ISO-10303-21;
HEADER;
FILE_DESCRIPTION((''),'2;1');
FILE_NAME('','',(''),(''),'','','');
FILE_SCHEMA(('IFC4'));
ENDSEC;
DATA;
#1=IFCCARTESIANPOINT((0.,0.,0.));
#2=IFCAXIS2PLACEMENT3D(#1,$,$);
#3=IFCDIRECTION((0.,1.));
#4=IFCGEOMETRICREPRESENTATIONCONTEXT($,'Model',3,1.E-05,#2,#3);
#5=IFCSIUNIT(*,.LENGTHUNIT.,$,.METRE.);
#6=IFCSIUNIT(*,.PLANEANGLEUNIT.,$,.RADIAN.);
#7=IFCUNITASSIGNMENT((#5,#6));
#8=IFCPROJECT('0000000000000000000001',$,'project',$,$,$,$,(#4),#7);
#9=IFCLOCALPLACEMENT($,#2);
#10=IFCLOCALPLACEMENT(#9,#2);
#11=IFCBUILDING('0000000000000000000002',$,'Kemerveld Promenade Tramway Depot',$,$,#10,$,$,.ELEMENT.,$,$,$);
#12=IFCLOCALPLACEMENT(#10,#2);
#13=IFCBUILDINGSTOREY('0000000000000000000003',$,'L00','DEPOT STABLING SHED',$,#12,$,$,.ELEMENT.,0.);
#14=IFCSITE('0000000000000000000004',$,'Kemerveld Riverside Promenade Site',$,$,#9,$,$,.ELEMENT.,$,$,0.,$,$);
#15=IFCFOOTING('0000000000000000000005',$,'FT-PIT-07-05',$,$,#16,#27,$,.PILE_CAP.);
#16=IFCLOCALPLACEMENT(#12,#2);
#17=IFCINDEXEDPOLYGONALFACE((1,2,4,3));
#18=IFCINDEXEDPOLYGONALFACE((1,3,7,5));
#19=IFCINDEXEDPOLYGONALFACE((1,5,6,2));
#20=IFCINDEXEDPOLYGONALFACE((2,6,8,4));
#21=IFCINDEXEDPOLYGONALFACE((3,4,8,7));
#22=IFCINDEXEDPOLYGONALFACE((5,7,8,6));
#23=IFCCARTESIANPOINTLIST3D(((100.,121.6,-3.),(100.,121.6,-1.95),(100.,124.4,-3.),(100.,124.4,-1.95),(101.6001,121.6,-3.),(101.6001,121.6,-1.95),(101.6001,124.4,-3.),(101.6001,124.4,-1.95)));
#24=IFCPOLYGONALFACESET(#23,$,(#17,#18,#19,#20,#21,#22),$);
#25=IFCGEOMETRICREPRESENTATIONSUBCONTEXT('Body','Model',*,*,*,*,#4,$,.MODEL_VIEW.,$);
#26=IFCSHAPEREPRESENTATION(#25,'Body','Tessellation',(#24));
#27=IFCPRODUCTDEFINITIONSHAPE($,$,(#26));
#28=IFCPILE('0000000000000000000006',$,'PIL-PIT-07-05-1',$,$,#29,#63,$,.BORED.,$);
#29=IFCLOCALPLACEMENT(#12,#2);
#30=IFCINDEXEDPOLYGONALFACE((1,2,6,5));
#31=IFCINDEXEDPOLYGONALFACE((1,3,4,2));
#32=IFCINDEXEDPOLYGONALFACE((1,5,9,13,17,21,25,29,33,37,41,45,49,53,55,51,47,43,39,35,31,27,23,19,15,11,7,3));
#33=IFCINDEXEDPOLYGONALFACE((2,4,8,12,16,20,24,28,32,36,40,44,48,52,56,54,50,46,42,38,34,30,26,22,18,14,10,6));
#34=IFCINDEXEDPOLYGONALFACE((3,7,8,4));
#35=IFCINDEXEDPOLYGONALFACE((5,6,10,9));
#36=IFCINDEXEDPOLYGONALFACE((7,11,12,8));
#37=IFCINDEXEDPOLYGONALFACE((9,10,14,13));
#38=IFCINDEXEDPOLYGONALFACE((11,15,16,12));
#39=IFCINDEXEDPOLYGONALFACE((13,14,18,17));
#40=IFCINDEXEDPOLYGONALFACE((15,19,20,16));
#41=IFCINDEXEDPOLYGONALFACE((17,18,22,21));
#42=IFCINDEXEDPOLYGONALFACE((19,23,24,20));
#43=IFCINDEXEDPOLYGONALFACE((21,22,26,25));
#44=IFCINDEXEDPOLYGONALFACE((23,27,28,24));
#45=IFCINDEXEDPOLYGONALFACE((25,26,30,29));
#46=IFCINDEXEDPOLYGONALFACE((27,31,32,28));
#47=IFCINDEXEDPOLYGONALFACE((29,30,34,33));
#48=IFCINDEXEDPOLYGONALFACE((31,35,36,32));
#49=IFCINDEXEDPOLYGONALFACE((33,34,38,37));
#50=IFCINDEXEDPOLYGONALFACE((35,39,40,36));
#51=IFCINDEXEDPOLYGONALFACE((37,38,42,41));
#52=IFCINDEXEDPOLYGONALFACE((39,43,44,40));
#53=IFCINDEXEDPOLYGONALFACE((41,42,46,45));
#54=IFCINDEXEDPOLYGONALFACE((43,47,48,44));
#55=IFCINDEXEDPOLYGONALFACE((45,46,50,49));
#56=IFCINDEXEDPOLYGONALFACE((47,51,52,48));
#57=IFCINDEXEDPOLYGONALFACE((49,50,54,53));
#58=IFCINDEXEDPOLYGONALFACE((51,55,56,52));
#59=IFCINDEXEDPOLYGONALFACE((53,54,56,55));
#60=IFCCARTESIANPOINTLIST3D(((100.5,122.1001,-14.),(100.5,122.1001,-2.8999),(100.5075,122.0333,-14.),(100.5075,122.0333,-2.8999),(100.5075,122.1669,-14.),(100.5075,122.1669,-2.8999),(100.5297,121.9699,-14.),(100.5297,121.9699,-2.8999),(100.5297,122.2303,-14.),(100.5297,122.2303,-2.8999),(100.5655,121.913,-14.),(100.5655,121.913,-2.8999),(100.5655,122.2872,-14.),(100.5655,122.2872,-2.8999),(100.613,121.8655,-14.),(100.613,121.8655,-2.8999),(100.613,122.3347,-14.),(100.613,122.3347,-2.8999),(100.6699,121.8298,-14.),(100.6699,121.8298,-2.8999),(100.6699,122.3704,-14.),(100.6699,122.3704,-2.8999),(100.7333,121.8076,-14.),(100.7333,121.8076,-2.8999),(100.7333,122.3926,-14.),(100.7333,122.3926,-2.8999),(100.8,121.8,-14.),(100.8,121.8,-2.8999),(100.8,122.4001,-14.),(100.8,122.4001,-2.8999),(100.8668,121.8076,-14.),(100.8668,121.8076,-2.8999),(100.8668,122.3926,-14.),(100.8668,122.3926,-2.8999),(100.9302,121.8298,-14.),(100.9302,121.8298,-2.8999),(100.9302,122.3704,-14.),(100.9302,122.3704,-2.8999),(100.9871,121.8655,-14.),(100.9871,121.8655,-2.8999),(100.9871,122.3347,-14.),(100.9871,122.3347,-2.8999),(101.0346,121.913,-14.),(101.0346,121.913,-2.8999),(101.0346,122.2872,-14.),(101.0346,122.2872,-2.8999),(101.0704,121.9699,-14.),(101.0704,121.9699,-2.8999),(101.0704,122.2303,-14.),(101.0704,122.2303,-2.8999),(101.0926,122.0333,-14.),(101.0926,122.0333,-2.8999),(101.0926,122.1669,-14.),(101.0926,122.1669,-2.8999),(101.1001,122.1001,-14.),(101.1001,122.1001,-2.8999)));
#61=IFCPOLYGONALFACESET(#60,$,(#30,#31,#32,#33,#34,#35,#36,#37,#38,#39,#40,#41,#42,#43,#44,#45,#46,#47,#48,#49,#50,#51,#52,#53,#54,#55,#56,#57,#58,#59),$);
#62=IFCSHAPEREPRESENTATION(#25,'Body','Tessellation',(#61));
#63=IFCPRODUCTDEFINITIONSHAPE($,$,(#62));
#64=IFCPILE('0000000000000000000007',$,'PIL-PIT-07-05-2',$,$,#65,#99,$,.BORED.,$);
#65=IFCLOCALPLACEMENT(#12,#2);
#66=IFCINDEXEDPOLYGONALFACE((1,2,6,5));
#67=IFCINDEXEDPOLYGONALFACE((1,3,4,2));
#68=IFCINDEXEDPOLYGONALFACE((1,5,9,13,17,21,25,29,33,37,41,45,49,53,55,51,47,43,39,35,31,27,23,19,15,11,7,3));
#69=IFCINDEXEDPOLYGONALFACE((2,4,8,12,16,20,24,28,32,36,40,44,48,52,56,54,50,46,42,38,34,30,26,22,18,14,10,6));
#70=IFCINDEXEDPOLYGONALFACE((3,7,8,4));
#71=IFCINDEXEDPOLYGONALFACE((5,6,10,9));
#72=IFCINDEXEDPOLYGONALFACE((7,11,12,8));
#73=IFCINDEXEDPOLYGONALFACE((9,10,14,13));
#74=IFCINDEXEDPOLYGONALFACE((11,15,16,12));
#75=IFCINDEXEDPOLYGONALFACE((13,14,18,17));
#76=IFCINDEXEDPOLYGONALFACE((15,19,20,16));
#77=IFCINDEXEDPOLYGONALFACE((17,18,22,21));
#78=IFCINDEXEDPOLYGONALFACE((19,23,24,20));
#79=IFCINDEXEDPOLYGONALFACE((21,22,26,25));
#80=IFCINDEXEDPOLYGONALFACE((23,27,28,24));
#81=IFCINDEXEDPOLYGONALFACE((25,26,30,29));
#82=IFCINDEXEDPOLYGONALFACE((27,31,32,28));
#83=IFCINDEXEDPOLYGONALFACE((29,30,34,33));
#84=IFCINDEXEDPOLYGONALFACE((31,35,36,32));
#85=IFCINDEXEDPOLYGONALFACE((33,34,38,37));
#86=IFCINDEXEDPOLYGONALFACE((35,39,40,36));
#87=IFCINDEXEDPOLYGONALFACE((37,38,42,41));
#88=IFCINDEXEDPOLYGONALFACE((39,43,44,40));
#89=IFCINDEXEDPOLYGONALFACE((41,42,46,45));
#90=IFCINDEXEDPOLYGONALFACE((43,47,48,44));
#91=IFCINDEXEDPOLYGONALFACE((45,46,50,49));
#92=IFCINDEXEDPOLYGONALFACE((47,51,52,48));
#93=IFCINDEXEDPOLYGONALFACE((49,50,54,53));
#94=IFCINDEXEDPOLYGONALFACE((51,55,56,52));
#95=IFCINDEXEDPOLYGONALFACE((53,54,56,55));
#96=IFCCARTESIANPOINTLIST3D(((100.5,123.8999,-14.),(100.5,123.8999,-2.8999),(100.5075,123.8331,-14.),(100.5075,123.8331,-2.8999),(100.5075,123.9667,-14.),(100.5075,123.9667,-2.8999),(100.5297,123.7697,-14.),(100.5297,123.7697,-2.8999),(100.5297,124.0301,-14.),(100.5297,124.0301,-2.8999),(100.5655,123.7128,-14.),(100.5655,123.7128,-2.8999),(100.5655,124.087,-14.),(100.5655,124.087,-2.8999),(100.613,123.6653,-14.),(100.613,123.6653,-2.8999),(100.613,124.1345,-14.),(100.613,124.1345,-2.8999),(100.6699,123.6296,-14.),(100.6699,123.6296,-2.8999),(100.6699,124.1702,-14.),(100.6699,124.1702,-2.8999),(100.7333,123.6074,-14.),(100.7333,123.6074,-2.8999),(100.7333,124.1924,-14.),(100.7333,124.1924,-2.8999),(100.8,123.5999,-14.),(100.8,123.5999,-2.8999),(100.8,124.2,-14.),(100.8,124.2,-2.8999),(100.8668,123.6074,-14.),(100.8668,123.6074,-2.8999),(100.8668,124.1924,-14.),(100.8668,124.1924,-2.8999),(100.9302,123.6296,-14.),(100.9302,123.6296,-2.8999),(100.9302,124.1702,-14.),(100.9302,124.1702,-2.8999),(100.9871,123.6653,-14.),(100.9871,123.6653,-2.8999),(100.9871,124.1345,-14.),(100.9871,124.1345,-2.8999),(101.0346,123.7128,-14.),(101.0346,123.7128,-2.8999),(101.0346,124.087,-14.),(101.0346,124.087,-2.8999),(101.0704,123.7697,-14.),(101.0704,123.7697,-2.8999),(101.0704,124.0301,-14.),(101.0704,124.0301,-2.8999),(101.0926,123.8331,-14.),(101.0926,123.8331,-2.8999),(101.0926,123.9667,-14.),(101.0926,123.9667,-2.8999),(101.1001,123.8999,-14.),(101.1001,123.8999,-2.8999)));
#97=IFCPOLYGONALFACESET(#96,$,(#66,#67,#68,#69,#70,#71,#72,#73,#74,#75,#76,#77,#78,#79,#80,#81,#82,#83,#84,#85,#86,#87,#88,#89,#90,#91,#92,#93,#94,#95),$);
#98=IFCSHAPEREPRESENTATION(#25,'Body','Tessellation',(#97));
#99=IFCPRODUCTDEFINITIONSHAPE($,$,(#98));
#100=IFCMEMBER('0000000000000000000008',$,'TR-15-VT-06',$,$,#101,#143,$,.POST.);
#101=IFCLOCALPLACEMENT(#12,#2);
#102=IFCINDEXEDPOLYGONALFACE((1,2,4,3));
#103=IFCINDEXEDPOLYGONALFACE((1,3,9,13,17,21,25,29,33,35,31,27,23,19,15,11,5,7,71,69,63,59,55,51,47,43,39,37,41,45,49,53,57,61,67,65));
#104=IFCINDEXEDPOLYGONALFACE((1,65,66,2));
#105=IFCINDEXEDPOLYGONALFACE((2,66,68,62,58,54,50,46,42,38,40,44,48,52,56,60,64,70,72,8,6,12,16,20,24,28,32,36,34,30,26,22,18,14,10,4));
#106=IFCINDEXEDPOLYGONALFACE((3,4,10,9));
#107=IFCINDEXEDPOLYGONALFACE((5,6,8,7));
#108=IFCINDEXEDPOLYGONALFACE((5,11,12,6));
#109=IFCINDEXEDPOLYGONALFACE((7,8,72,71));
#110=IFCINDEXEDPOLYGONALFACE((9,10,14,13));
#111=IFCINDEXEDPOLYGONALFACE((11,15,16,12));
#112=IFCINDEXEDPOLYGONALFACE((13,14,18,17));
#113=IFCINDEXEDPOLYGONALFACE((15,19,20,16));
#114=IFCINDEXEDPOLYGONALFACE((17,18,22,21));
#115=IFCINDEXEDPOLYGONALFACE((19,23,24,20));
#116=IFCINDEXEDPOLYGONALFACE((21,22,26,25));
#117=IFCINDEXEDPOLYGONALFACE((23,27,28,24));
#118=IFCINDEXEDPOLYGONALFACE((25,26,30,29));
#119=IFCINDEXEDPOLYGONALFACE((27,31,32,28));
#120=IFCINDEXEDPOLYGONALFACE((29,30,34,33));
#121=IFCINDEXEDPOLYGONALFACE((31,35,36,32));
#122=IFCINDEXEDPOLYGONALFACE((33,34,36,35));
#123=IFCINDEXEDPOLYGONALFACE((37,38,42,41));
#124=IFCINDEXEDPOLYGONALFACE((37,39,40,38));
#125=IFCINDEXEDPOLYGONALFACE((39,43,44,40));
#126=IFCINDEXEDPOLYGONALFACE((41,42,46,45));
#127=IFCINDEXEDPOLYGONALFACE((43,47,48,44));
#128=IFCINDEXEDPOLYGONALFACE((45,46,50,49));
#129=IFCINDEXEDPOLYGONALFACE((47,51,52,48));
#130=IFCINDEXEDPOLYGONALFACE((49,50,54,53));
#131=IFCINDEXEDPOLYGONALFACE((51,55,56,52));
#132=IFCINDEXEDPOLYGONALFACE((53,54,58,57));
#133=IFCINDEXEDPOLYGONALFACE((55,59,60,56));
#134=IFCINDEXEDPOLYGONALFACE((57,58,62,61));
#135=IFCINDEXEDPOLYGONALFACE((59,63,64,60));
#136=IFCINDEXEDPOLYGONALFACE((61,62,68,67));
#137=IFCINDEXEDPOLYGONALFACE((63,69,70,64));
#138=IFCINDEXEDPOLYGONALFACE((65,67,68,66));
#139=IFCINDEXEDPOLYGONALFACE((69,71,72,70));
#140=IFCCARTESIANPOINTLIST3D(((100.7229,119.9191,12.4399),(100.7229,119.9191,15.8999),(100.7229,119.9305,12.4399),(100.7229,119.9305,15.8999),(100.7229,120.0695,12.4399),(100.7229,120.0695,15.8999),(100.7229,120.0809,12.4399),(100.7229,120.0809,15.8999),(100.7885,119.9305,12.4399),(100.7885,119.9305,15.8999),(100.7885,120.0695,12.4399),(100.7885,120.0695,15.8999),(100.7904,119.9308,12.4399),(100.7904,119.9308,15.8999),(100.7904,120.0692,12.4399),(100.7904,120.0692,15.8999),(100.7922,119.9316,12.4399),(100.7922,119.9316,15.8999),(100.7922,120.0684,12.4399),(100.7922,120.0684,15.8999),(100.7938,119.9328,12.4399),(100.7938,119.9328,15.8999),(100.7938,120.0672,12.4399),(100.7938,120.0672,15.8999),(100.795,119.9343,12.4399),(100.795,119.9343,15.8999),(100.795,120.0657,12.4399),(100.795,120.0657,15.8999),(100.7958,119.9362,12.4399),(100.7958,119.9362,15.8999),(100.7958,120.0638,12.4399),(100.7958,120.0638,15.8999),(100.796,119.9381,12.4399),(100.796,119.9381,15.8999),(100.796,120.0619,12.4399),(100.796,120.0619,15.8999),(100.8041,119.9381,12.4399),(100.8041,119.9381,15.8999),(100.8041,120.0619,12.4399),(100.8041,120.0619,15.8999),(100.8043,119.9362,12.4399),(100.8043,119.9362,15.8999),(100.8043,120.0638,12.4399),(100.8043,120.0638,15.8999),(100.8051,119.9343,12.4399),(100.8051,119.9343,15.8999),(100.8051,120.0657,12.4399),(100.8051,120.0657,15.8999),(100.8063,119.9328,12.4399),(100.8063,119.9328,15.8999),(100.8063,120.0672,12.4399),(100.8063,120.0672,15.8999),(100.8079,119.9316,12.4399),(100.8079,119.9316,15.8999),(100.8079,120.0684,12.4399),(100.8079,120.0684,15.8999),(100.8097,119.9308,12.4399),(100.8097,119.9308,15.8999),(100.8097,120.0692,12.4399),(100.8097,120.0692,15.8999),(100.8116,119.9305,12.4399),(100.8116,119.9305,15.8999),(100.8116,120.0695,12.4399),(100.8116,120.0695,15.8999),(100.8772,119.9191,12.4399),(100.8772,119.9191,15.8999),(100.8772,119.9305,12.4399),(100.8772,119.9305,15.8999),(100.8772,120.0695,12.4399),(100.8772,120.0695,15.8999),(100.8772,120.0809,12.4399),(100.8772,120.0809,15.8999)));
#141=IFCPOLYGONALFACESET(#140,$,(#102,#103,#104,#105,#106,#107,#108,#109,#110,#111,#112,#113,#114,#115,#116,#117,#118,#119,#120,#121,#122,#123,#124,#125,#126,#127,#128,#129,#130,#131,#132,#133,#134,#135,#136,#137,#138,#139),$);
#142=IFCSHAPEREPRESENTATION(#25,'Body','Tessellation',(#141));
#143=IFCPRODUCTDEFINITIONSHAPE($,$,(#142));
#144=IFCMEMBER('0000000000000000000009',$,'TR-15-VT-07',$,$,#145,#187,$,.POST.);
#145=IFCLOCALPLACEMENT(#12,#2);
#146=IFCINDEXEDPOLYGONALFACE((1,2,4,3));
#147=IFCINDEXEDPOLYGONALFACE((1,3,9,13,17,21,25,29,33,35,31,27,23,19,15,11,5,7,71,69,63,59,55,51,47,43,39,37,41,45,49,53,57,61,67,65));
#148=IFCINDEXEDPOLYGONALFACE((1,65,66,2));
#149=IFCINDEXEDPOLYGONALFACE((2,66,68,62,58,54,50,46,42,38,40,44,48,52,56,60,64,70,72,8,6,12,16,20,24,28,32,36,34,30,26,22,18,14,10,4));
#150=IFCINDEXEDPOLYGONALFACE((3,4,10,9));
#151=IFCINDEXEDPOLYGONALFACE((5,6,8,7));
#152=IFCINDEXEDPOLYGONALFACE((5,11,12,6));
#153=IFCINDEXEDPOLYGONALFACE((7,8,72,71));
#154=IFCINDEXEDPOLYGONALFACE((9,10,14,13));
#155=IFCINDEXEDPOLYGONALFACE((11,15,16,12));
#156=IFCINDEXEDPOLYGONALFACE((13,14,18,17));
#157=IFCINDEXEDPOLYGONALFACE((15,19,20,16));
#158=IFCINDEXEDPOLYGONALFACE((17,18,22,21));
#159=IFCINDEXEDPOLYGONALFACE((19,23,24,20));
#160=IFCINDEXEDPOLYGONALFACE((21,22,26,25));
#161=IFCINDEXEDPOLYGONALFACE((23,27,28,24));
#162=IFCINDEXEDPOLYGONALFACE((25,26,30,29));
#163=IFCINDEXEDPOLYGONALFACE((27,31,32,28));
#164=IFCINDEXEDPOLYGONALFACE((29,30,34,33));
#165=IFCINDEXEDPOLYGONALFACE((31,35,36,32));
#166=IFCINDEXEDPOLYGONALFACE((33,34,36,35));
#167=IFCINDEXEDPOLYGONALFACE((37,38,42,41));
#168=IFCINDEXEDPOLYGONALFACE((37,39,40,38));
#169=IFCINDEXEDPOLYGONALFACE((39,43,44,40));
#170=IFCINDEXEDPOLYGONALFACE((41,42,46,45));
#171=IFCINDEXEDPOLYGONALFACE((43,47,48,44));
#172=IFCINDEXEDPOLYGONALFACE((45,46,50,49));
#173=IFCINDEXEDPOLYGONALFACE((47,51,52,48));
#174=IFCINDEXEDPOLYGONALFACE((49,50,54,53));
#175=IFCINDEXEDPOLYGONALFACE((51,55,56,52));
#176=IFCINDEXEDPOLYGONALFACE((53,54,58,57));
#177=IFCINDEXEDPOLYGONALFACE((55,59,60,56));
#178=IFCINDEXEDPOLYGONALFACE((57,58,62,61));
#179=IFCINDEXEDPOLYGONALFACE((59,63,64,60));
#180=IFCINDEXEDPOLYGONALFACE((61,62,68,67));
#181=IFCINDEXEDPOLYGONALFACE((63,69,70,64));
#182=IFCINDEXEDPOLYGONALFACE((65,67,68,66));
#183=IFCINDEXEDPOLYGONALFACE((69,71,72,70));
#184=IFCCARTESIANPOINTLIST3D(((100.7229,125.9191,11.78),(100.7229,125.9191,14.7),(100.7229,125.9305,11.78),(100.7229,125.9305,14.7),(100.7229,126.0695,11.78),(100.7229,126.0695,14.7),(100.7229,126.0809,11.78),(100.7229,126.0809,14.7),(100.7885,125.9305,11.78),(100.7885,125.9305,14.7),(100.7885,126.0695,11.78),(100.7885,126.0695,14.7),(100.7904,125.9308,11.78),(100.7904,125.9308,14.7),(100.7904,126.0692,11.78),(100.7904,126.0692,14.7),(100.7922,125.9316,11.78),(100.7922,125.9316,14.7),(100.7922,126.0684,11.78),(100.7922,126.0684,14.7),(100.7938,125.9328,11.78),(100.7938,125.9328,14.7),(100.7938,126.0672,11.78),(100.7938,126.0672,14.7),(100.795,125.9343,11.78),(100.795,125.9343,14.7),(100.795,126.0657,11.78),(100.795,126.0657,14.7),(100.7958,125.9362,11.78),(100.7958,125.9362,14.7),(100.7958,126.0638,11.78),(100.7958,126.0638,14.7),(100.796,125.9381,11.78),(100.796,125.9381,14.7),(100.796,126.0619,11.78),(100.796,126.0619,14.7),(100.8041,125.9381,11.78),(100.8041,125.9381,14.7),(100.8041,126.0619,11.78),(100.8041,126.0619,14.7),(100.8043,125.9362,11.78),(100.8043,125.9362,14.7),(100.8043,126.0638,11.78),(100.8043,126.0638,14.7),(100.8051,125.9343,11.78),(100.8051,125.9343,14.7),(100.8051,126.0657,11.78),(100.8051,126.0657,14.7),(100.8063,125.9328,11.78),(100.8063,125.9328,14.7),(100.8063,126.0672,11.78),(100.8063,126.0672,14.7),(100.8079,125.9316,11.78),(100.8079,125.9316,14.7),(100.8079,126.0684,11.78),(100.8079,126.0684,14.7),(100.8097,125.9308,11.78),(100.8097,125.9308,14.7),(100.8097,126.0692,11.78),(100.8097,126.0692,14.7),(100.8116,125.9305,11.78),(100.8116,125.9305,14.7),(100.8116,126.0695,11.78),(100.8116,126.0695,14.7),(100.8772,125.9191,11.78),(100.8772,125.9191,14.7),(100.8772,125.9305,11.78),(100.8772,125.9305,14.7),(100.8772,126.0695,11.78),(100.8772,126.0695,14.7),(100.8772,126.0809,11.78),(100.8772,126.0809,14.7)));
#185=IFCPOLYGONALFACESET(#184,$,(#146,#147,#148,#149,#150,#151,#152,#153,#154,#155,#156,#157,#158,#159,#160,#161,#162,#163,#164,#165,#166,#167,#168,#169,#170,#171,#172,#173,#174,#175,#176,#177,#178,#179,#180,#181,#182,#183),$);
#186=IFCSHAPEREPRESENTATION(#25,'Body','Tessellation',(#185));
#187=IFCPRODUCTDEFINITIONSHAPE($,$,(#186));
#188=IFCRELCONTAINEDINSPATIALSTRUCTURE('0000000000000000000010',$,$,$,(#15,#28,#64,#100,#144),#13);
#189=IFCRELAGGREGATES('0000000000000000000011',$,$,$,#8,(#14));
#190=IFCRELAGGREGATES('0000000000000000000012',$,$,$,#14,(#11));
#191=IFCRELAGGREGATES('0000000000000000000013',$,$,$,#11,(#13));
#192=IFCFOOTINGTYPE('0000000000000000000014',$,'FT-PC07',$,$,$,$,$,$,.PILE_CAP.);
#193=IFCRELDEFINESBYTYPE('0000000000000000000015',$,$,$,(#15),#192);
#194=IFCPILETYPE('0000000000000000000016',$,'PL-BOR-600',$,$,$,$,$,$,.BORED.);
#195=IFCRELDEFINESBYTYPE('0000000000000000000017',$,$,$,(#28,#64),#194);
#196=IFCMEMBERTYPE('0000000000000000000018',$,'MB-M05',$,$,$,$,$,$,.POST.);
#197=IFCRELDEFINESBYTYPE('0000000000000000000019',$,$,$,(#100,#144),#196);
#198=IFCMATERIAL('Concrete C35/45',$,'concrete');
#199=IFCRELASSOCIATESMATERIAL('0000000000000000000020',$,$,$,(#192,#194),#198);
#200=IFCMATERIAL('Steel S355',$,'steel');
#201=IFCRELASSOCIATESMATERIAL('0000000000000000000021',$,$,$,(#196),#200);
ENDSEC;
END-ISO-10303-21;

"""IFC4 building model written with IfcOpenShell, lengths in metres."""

from ifc_helpers import new_model, si_unit, direction, frame, origin, origin_2d, place, context, subcontext, project, spatial, rectangle, circle, i_section, extrude, material, material_profile, profile_set, type_object, element, save


model = new_model("IFC4")

# Units and contexts
model_context = context("Model", 3, precision=1e-05, world=origin(), true_north=direction((0.0, 1.0)))
body_context = subcontext(model_context, "Body", "Model", "MODEL_VIEW")
ifc_project = project(units=[si_unit("LENGTHUNIT", "METRE"), si_unit("PLANEANGLEUNIT", "RADIAN")], contexts=[model_context])

# Site, building, storey
site_placement = place(None, origin())
site = spatial("IfcSite", under=ifc_project, at=site_placement, Name="Kemerveld Riverside Promenade Site", CompositionType="ELEMENT", RefElevation=0.0)
building_placement = place(site_placement, origin())
building = spatial("IfcBuilding", under=site, at=building_placement, Name="Kemerveld Promenade Tramway Depot", CompositionType="ELEMENT")
storey_placement = place(building_placement, origin())
storey = spatial("IfcBuildingStorey", under=building, at=storey_placement, Name="L00", Description="DEPOT STABLING SHED", CompositionType="ELEMENT", Elevation=0.0)

# Footing
ifc_material_1 = material(Name="Concrete C35/45", Category="concrete")
footing_type = type_object("IfcFootingType", Name="FT-PC07", PredefinedType="PILE_CAP", material=ifc_material_1)
footing_placement = place(storey_placement, frame((100.8, 123.0, -3.0), z_axis=(0.0, 0.0, 1.0), x_axis=(1.0, 0.0, 0.0)))
element("IfcFooting", 1, at=footing_placement, inside=storey, type_object=footing_type, Name="FT-PIT-07-05", PredefinedType="PILE_CAP", context=body_context, shape_type="SweptSolid", body=[
    extrude(rectangle(XDim=1.6001, YDim=2.8, at=origin_2d()), origin(), (0.0, 0.0, 1.0), 1.05),
])

# Piles
ifc_material_profile_1 = material_profile(ifc_material_1, circle(Radius=0.3, at=origin_2d()), Name="PILE-D600")
ifc_profile_set_1 = profile_set([ifc_material_profile_1], Name="Concrete C35/45")
pile_type = type_object("IfcPileType", Name="PL-BOR-600", PredefinedType="BORED", material=ifc_profile_set_1)
for number, where, z_axis, x_axis, name in (
    (2, (100.8, 122.1001, -2.8999), (0.0, 0.0, -1.0), (1.0, 0.0, 0.0), "PIL-PIT-07-05-1"),
    (3, (100.8, 123.8999, -2.8999), (0.0, 0.0, -1.0), (1.0, 0.0, 0.0), "PIL-PIT-07-05-2"),
):
    element("IfcPile", number, at=place(storey_placement, frame(where, z_axis=z_axis, x_axis=x_axis)), inside=storey, type_object=pile_type, Name=name, PredefinedType="BORED", context=body_context, shape_type="SweptSolid", body=[
        extrude(circle(Radius=0.3, at=origin_2d()), origin(), (0.0, 0.0, 1.0), 11.1001),
    ])

# Members
ifc_material_2 = material(Name="Steel S355", Category="steel")
ifc_material_profile_2 = material_profile(ifc_material_2, i_section(OverallWidth=0.1543, OverallDepth=0.1619, WebThickness=0.0081, FlangeThickness=0.0115, FilletRadius=0.0076, at=origin_2d()), Name="152x152x37 UC")
ifc_profile_set_2 = profile_set([ifc_material_profile_2], Name="Steel S355")
member_type_1 = type_object("IfcMemberType", Name="MB-M05", PredefinedType="POST", material=ifc_profile_set_2)
member_1_placement = place(storey_placement, frame((100.8, 120.0, 12.4399), z_axis=(0.0, 0.0, 1.0), x_axis=(1.0, 0.0, 0.0)))
element("IfcMember", 4, at=member_1_placement, inside=storey, type_object=member_type_1, Name="TR-15-VT-06", PredefinedType="POST", context=body_context, shape_type="SweptSolid", body=[
    extrude(i_section(OverallWidth=0.1543, OverallDepth=0.1619, WebThickness=0.0081, FlangeThickness=0.0115, FilletRadius=0.0076, at=origin_2d()), origin(), (0.0, 0.0, 1.0), 3.46),
])
member_2_placement = place(storey_placement, frame((100.8, 126.0, 11.78), z_axis=(0.0, 0.0, 1.0), x_axis=(1.0, 0.0, 0.0)))
element("IfcMember", 5, at=member_2_placement, inside=storey, type_object=member_type_1, Name="TR-15-VT-07", PredefinedType="POST", context=body_context, shape_type="SweptSolid", body=[
    extrude(i_section(OverallWidth=0.1543, OverallDepth=0.1619, WebThickness=0.0081, FlangeThickness=0.0115, FilletRadius=0.0076, at=origin_2d()), origin(), (0.0, 0.0, 1.0), 2.9199),
])

save(model, "model.ifc")
